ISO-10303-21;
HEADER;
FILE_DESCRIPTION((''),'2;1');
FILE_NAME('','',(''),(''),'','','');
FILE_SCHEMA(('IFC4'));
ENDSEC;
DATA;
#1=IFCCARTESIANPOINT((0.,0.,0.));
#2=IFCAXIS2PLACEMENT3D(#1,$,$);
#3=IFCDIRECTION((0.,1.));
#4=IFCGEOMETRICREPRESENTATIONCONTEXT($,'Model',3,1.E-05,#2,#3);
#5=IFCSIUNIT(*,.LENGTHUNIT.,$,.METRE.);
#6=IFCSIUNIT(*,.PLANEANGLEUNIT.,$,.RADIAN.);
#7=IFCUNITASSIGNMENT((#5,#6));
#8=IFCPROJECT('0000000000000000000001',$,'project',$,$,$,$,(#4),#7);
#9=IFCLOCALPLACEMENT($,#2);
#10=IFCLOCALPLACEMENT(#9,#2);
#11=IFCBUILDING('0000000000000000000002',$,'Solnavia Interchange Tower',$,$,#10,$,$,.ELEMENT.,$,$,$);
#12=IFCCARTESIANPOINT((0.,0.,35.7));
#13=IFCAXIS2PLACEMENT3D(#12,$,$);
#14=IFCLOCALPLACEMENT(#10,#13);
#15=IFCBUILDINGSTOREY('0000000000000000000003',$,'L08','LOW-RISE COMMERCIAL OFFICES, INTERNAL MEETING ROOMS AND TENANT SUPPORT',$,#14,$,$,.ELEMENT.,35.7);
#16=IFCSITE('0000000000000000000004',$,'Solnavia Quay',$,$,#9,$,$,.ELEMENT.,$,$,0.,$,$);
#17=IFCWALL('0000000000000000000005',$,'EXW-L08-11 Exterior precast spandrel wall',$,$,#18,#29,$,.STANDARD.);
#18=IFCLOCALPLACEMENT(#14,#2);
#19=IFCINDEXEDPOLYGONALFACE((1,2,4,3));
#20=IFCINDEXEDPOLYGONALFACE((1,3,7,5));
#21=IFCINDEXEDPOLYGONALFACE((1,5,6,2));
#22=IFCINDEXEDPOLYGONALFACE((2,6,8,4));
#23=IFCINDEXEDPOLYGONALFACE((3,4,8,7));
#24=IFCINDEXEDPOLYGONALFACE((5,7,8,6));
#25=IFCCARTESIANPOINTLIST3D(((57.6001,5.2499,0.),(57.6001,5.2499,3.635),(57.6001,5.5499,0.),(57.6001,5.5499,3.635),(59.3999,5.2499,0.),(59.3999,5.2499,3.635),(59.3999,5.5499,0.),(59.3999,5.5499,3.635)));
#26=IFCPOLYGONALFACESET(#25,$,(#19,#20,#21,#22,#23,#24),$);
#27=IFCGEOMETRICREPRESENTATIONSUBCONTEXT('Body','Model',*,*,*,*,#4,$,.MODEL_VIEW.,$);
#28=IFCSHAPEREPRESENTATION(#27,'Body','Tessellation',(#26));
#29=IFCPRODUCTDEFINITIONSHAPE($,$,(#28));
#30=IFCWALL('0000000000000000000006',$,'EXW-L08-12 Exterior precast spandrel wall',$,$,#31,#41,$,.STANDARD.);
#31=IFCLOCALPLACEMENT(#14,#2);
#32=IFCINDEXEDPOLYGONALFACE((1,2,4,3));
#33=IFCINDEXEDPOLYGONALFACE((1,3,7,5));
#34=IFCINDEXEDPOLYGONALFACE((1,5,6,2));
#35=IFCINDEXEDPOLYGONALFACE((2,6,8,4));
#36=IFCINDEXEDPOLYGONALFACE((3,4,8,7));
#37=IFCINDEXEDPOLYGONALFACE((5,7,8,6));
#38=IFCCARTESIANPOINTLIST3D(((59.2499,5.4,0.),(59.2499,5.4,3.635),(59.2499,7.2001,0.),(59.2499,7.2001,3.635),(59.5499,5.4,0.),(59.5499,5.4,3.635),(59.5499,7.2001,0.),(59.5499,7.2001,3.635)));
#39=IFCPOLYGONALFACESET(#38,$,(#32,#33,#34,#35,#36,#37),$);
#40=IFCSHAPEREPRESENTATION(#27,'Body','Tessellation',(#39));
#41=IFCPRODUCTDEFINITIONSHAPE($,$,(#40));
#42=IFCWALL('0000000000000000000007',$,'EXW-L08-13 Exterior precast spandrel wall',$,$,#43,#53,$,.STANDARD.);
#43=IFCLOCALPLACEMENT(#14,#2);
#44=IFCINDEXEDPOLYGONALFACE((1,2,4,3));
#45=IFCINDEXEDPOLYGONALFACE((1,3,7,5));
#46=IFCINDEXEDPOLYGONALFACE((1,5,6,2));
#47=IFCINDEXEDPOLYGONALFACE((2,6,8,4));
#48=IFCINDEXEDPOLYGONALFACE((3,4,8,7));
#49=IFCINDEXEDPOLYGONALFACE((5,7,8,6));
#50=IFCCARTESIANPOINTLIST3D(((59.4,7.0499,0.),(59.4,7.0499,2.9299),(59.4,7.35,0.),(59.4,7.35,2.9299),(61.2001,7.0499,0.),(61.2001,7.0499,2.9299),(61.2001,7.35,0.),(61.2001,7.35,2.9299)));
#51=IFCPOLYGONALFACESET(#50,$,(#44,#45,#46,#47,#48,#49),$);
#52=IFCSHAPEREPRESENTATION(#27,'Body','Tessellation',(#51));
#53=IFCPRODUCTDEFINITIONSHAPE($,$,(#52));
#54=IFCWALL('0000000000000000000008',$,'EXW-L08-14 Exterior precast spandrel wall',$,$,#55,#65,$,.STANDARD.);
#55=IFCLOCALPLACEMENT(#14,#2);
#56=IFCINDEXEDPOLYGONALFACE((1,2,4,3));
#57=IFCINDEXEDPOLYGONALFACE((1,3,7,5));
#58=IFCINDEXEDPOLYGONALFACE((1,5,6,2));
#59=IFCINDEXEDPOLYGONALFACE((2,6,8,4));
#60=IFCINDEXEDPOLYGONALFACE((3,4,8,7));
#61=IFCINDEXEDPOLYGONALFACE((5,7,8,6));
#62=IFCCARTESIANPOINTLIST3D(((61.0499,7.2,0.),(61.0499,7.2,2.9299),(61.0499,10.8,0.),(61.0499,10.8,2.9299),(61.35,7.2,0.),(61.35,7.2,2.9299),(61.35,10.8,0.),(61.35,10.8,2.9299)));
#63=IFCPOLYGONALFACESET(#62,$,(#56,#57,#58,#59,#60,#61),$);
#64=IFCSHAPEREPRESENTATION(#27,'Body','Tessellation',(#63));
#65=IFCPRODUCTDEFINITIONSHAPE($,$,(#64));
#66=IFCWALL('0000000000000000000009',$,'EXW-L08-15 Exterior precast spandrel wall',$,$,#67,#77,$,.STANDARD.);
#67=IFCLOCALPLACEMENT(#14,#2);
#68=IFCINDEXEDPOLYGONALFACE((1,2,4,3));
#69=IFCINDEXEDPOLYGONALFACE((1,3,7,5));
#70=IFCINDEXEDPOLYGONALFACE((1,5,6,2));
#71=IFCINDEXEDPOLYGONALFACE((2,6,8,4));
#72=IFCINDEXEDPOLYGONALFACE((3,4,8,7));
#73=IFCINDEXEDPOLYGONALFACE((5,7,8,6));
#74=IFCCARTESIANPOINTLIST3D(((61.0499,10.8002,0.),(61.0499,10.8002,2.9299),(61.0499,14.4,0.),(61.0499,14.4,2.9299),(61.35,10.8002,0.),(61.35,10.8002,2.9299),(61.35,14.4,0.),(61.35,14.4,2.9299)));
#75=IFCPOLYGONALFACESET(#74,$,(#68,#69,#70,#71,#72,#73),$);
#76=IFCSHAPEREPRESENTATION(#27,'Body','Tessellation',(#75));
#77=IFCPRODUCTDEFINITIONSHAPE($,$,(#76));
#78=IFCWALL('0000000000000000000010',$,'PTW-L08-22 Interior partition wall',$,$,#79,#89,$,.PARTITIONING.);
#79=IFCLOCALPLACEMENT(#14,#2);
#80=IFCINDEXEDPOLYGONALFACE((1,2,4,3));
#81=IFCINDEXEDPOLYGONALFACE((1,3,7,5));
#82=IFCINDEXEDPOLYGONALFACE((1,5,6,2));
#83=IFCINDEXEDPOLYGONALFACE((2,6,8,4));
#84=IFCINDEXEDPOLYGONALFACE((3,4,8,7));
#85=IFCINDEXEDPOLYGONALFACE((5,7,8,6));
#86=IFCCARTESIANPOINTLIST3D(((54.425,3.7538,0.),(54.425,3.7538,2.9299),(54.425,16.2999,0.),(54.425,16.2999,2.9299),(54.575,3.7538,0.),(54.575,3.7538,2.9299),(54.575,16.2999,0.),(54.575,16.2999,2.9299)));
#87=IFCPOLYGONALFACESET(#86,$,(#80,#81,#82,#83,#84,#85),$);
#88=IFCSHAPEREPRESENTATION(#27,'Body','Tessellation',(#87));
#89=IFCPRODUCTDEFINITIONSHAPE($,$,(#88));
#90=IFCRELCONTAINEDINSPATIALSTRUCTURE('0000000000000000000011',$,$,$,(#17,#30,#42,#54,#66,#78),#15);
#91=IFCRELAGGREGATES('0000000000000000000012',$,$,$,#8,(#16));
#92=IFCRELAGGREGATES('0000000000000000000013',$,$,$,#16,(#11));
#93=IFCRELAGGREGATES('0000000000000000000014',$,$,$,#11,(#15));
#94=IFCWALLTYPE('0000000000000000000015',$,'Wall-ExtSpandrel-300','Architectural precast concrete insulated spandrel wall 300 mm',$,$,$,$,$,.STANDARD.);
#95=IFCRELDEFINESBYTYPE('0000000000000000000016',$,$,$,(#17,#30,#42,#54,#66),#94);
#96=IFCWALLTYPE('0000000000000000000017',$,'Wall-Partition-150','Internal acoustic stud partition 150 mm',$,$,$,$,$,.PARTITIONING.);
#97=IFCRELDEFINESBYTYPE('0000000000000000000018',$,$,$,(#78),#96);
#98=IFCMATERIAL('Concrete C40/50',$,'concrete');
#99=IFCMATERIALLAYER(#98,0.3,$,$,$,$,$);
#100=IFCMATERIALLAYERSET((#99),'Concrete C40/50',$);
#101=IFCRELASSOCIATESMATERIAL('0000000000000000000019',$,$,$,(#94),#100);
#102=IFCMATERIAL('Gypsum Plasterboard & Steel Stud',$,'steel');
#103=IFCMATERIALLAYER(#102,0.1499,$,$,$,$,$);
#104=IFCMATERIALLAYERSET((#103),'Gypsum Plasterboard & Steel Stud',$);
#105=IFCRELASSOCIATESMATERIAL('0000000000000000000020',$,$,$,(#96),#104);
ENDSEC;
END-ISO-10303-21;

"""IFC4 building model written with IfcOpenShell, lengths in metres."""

from ifc_helpers import new_model, si_unit, direction, frame, frame_2d, origin, place, context, subcontext, project, spatial, rectangle, extrude, material, layer, layer_set, type_object, element, save


model = new_model("IFC4")

# Units and contexts
model_context = context("Model", 3, precision=1e-05, world=origin(), true_north=direction((0.0, 1.0)))
body_context = subcontext(model_context, "Body", "Model", "MODEL_VIEW")
ifc_project = project(units=[si_unit("LENGTHUNIT", "METRE"), si_unit("PLANEANGLEUNIT", "RADIAN")], contexts=[model_context])

# Site, building, storey
site_placement = place(None, origin())
site = spatial("IfcSite", under=ifc_project, at=site_placement, Name="Solnavia Quay", CompositionType="ELEMENT", RefElevation=0.0)
building_placement = place(site_placement, origin())
building = spatial("IfcBuilding", under=site, at=building_placement, Name="Solnavia Interchange Tower", CompositionType="ELEMENT")
storey_placement = place(building_placement, frame((0.0, 0.0, 35.7)))
storey = spatial("IfcBuildingStorey", under=building, at=storey_placement, Name="L08", Description="LOW-RISE COMMERCIAL OFFICES, INTERNAL MEETING ROOMS AND TENANT SUPPORT", CompositionType="ELEMENT", Elevation=35.7)

# Walls
ifc_material_1 = material(Name="Concrete C40/50", Category="concrete")
ifc_layer_1 = layer(ifc_material_1, 0.3)
ifc_layer_set_1 = layer_set([ifc_layer_1], Name="Concrete C40/50")
wall_type_1 = type_object("IfcWallType", Name="Wall-ExtSpandrel-300", Description="Architectural precast concrete insulated spandrel wall 300 mm", PredefinedType="STANDARD", material=ifc_layer_set_1)
wall_1_placement = place(storey_placement, frame((59.3999, 5.3999, 0.0), z_axis=(0.0, 0.0, 1.0), x_axis=(-1.0, 0.0, 0.0)))
element("IfcWall", 1, at=wall_1_placement, inside=storey, type_object=wall_type_1, Name="EXW-L08-11 Exterior precast spandrel wall", PredefinedType="STANDARD", context=body_context, shape_type="SweptSolid", body=[
    extrude(rectangle(XDim=1.7998, YDim=0.3, at=frame_2d((0.8999, 0.0))), origin(), (0.0, 0.0, 1.0), 3.635),
])
wall_2_placement = place(storey_placement, frame((59.3999, 7.2, 0.0), z_axis=(0.0, 0.0, 1.0), x_axis=(0.0, -1.0, 0.0)))
element("IfcWall", 2, at=wall_2_placement, inside=storey, type_object=wall_type_1, Name="EXW-L08-12 Exterior precast spandrel wall", PredefinedType="STANDARD", context=body_context, shape_type="SweptSolid", body=[
    extrude(rectangle(XDim=1.8, YDim=0.3, at=frame_2d((0.8999, 0.0))), origin(), (0.0, 0.0, 1.0), 3.635),
])
wall_3_placement = place(storey_placement, frame((61.2, 7.2, 0.0), z_axis=(0.0, 0.0, 1.0), x_axis=(-1.0, 0.0, 0.0)))
element("IfcWall", 3, at=wall_3_placement, inside=storey, type_object=wall_type_1, Name="EXW-L08-13 Exterior precast spandrel wall", PredefinedType="STANDARD", context=body_context, shape_type="SweptSolid", body=[
    extrude(rectangle(XDim=1.8, YDim=0.3, at=frame_2d((0.8999, 0.0))), origin(), (0.0, 0.0, 1.0), 2.9299),
])
wall_4_placement = place(storey_placement, frame((61.2, 10.8, 0.0), z_axis=(0.0, 0.0, 1.0), x_axis=(0.0, -1.0, 0.0)))
element("IfcWall", 4, at=wall_4_placement, inside=storey, type_object=wall_type_1, Name="EXW-L08-14 Exterior precast spandrel wall", PredefinedType="STANDARD", context=body_context, shape_type="SweptSolid", body=[
    extrude(rectangle(XDim=3.6001, YDim=0.3, at=frame_2d((1.8, 0.0))), origin(), (0.0, 0.0, 1.0), 2.9299),
])
wall_5_placement = place(storey_placement, frame((61.2, 14.3999, 0.0), z_axis=(0.0, 0.0, 1.0), x_axis=(0.0, -1.0, 0.0)))
element("IfcWall", 5, at=wall_5_placement, inside=storey, type_object=wall_type_1, Name="EXW-L08-15 Exterior precast spandrel wall", PredefinedType="STANDARD", context=body_context, shape_type="SweptSolid", body=[
    extrude(rectangle(XDim=3.5999, YDim=0.3, at=frame_2d((1.7998, 0.0))), origin(), (0.0, 0.0, 1.0), 2.9299),
])
ifc_material_2 = material(Name="Gypsum Plasterboard & Steel Stud", Category="steel")
ifc_layer_2 = layer(ifc_material_2, 0.1499)
ifc_layer_set_2 = layer_set([ifc_layer_2], Name="Gypsum Plasterboard & Steel Stud")
wall_type_2 = type_object("IfcWallType", Name="Wall-Partition-150", Description="Internal acoustic stud partition 150 mm", PredefinedType="PARTITIONING", material=ifc_layer_set_2)
wall_6_placement = place(storey_placement, frame((54.5, 3.7539, 0.0), z_axis=(0.0, 0.0, 1.0), x_axis=(0.0, 1.0, 0.0)))
element("IfcWall", 6, at=wall_6_placement, inside=storey, type_object=wall_type_2, Name="PTW-L08-22 Interior partition wall", PredefinedType="PARTITIONING", context=body_context, shape_type="SweptSolid", body=[
    extrude(rectangle(XDim=12.5461, YDim=0.1499, at=frame_2d((6.2729, 0.0))), origin(), (0.0, 0.0, 1.0), 2.9299),
])

save(model, "model.ifc")
